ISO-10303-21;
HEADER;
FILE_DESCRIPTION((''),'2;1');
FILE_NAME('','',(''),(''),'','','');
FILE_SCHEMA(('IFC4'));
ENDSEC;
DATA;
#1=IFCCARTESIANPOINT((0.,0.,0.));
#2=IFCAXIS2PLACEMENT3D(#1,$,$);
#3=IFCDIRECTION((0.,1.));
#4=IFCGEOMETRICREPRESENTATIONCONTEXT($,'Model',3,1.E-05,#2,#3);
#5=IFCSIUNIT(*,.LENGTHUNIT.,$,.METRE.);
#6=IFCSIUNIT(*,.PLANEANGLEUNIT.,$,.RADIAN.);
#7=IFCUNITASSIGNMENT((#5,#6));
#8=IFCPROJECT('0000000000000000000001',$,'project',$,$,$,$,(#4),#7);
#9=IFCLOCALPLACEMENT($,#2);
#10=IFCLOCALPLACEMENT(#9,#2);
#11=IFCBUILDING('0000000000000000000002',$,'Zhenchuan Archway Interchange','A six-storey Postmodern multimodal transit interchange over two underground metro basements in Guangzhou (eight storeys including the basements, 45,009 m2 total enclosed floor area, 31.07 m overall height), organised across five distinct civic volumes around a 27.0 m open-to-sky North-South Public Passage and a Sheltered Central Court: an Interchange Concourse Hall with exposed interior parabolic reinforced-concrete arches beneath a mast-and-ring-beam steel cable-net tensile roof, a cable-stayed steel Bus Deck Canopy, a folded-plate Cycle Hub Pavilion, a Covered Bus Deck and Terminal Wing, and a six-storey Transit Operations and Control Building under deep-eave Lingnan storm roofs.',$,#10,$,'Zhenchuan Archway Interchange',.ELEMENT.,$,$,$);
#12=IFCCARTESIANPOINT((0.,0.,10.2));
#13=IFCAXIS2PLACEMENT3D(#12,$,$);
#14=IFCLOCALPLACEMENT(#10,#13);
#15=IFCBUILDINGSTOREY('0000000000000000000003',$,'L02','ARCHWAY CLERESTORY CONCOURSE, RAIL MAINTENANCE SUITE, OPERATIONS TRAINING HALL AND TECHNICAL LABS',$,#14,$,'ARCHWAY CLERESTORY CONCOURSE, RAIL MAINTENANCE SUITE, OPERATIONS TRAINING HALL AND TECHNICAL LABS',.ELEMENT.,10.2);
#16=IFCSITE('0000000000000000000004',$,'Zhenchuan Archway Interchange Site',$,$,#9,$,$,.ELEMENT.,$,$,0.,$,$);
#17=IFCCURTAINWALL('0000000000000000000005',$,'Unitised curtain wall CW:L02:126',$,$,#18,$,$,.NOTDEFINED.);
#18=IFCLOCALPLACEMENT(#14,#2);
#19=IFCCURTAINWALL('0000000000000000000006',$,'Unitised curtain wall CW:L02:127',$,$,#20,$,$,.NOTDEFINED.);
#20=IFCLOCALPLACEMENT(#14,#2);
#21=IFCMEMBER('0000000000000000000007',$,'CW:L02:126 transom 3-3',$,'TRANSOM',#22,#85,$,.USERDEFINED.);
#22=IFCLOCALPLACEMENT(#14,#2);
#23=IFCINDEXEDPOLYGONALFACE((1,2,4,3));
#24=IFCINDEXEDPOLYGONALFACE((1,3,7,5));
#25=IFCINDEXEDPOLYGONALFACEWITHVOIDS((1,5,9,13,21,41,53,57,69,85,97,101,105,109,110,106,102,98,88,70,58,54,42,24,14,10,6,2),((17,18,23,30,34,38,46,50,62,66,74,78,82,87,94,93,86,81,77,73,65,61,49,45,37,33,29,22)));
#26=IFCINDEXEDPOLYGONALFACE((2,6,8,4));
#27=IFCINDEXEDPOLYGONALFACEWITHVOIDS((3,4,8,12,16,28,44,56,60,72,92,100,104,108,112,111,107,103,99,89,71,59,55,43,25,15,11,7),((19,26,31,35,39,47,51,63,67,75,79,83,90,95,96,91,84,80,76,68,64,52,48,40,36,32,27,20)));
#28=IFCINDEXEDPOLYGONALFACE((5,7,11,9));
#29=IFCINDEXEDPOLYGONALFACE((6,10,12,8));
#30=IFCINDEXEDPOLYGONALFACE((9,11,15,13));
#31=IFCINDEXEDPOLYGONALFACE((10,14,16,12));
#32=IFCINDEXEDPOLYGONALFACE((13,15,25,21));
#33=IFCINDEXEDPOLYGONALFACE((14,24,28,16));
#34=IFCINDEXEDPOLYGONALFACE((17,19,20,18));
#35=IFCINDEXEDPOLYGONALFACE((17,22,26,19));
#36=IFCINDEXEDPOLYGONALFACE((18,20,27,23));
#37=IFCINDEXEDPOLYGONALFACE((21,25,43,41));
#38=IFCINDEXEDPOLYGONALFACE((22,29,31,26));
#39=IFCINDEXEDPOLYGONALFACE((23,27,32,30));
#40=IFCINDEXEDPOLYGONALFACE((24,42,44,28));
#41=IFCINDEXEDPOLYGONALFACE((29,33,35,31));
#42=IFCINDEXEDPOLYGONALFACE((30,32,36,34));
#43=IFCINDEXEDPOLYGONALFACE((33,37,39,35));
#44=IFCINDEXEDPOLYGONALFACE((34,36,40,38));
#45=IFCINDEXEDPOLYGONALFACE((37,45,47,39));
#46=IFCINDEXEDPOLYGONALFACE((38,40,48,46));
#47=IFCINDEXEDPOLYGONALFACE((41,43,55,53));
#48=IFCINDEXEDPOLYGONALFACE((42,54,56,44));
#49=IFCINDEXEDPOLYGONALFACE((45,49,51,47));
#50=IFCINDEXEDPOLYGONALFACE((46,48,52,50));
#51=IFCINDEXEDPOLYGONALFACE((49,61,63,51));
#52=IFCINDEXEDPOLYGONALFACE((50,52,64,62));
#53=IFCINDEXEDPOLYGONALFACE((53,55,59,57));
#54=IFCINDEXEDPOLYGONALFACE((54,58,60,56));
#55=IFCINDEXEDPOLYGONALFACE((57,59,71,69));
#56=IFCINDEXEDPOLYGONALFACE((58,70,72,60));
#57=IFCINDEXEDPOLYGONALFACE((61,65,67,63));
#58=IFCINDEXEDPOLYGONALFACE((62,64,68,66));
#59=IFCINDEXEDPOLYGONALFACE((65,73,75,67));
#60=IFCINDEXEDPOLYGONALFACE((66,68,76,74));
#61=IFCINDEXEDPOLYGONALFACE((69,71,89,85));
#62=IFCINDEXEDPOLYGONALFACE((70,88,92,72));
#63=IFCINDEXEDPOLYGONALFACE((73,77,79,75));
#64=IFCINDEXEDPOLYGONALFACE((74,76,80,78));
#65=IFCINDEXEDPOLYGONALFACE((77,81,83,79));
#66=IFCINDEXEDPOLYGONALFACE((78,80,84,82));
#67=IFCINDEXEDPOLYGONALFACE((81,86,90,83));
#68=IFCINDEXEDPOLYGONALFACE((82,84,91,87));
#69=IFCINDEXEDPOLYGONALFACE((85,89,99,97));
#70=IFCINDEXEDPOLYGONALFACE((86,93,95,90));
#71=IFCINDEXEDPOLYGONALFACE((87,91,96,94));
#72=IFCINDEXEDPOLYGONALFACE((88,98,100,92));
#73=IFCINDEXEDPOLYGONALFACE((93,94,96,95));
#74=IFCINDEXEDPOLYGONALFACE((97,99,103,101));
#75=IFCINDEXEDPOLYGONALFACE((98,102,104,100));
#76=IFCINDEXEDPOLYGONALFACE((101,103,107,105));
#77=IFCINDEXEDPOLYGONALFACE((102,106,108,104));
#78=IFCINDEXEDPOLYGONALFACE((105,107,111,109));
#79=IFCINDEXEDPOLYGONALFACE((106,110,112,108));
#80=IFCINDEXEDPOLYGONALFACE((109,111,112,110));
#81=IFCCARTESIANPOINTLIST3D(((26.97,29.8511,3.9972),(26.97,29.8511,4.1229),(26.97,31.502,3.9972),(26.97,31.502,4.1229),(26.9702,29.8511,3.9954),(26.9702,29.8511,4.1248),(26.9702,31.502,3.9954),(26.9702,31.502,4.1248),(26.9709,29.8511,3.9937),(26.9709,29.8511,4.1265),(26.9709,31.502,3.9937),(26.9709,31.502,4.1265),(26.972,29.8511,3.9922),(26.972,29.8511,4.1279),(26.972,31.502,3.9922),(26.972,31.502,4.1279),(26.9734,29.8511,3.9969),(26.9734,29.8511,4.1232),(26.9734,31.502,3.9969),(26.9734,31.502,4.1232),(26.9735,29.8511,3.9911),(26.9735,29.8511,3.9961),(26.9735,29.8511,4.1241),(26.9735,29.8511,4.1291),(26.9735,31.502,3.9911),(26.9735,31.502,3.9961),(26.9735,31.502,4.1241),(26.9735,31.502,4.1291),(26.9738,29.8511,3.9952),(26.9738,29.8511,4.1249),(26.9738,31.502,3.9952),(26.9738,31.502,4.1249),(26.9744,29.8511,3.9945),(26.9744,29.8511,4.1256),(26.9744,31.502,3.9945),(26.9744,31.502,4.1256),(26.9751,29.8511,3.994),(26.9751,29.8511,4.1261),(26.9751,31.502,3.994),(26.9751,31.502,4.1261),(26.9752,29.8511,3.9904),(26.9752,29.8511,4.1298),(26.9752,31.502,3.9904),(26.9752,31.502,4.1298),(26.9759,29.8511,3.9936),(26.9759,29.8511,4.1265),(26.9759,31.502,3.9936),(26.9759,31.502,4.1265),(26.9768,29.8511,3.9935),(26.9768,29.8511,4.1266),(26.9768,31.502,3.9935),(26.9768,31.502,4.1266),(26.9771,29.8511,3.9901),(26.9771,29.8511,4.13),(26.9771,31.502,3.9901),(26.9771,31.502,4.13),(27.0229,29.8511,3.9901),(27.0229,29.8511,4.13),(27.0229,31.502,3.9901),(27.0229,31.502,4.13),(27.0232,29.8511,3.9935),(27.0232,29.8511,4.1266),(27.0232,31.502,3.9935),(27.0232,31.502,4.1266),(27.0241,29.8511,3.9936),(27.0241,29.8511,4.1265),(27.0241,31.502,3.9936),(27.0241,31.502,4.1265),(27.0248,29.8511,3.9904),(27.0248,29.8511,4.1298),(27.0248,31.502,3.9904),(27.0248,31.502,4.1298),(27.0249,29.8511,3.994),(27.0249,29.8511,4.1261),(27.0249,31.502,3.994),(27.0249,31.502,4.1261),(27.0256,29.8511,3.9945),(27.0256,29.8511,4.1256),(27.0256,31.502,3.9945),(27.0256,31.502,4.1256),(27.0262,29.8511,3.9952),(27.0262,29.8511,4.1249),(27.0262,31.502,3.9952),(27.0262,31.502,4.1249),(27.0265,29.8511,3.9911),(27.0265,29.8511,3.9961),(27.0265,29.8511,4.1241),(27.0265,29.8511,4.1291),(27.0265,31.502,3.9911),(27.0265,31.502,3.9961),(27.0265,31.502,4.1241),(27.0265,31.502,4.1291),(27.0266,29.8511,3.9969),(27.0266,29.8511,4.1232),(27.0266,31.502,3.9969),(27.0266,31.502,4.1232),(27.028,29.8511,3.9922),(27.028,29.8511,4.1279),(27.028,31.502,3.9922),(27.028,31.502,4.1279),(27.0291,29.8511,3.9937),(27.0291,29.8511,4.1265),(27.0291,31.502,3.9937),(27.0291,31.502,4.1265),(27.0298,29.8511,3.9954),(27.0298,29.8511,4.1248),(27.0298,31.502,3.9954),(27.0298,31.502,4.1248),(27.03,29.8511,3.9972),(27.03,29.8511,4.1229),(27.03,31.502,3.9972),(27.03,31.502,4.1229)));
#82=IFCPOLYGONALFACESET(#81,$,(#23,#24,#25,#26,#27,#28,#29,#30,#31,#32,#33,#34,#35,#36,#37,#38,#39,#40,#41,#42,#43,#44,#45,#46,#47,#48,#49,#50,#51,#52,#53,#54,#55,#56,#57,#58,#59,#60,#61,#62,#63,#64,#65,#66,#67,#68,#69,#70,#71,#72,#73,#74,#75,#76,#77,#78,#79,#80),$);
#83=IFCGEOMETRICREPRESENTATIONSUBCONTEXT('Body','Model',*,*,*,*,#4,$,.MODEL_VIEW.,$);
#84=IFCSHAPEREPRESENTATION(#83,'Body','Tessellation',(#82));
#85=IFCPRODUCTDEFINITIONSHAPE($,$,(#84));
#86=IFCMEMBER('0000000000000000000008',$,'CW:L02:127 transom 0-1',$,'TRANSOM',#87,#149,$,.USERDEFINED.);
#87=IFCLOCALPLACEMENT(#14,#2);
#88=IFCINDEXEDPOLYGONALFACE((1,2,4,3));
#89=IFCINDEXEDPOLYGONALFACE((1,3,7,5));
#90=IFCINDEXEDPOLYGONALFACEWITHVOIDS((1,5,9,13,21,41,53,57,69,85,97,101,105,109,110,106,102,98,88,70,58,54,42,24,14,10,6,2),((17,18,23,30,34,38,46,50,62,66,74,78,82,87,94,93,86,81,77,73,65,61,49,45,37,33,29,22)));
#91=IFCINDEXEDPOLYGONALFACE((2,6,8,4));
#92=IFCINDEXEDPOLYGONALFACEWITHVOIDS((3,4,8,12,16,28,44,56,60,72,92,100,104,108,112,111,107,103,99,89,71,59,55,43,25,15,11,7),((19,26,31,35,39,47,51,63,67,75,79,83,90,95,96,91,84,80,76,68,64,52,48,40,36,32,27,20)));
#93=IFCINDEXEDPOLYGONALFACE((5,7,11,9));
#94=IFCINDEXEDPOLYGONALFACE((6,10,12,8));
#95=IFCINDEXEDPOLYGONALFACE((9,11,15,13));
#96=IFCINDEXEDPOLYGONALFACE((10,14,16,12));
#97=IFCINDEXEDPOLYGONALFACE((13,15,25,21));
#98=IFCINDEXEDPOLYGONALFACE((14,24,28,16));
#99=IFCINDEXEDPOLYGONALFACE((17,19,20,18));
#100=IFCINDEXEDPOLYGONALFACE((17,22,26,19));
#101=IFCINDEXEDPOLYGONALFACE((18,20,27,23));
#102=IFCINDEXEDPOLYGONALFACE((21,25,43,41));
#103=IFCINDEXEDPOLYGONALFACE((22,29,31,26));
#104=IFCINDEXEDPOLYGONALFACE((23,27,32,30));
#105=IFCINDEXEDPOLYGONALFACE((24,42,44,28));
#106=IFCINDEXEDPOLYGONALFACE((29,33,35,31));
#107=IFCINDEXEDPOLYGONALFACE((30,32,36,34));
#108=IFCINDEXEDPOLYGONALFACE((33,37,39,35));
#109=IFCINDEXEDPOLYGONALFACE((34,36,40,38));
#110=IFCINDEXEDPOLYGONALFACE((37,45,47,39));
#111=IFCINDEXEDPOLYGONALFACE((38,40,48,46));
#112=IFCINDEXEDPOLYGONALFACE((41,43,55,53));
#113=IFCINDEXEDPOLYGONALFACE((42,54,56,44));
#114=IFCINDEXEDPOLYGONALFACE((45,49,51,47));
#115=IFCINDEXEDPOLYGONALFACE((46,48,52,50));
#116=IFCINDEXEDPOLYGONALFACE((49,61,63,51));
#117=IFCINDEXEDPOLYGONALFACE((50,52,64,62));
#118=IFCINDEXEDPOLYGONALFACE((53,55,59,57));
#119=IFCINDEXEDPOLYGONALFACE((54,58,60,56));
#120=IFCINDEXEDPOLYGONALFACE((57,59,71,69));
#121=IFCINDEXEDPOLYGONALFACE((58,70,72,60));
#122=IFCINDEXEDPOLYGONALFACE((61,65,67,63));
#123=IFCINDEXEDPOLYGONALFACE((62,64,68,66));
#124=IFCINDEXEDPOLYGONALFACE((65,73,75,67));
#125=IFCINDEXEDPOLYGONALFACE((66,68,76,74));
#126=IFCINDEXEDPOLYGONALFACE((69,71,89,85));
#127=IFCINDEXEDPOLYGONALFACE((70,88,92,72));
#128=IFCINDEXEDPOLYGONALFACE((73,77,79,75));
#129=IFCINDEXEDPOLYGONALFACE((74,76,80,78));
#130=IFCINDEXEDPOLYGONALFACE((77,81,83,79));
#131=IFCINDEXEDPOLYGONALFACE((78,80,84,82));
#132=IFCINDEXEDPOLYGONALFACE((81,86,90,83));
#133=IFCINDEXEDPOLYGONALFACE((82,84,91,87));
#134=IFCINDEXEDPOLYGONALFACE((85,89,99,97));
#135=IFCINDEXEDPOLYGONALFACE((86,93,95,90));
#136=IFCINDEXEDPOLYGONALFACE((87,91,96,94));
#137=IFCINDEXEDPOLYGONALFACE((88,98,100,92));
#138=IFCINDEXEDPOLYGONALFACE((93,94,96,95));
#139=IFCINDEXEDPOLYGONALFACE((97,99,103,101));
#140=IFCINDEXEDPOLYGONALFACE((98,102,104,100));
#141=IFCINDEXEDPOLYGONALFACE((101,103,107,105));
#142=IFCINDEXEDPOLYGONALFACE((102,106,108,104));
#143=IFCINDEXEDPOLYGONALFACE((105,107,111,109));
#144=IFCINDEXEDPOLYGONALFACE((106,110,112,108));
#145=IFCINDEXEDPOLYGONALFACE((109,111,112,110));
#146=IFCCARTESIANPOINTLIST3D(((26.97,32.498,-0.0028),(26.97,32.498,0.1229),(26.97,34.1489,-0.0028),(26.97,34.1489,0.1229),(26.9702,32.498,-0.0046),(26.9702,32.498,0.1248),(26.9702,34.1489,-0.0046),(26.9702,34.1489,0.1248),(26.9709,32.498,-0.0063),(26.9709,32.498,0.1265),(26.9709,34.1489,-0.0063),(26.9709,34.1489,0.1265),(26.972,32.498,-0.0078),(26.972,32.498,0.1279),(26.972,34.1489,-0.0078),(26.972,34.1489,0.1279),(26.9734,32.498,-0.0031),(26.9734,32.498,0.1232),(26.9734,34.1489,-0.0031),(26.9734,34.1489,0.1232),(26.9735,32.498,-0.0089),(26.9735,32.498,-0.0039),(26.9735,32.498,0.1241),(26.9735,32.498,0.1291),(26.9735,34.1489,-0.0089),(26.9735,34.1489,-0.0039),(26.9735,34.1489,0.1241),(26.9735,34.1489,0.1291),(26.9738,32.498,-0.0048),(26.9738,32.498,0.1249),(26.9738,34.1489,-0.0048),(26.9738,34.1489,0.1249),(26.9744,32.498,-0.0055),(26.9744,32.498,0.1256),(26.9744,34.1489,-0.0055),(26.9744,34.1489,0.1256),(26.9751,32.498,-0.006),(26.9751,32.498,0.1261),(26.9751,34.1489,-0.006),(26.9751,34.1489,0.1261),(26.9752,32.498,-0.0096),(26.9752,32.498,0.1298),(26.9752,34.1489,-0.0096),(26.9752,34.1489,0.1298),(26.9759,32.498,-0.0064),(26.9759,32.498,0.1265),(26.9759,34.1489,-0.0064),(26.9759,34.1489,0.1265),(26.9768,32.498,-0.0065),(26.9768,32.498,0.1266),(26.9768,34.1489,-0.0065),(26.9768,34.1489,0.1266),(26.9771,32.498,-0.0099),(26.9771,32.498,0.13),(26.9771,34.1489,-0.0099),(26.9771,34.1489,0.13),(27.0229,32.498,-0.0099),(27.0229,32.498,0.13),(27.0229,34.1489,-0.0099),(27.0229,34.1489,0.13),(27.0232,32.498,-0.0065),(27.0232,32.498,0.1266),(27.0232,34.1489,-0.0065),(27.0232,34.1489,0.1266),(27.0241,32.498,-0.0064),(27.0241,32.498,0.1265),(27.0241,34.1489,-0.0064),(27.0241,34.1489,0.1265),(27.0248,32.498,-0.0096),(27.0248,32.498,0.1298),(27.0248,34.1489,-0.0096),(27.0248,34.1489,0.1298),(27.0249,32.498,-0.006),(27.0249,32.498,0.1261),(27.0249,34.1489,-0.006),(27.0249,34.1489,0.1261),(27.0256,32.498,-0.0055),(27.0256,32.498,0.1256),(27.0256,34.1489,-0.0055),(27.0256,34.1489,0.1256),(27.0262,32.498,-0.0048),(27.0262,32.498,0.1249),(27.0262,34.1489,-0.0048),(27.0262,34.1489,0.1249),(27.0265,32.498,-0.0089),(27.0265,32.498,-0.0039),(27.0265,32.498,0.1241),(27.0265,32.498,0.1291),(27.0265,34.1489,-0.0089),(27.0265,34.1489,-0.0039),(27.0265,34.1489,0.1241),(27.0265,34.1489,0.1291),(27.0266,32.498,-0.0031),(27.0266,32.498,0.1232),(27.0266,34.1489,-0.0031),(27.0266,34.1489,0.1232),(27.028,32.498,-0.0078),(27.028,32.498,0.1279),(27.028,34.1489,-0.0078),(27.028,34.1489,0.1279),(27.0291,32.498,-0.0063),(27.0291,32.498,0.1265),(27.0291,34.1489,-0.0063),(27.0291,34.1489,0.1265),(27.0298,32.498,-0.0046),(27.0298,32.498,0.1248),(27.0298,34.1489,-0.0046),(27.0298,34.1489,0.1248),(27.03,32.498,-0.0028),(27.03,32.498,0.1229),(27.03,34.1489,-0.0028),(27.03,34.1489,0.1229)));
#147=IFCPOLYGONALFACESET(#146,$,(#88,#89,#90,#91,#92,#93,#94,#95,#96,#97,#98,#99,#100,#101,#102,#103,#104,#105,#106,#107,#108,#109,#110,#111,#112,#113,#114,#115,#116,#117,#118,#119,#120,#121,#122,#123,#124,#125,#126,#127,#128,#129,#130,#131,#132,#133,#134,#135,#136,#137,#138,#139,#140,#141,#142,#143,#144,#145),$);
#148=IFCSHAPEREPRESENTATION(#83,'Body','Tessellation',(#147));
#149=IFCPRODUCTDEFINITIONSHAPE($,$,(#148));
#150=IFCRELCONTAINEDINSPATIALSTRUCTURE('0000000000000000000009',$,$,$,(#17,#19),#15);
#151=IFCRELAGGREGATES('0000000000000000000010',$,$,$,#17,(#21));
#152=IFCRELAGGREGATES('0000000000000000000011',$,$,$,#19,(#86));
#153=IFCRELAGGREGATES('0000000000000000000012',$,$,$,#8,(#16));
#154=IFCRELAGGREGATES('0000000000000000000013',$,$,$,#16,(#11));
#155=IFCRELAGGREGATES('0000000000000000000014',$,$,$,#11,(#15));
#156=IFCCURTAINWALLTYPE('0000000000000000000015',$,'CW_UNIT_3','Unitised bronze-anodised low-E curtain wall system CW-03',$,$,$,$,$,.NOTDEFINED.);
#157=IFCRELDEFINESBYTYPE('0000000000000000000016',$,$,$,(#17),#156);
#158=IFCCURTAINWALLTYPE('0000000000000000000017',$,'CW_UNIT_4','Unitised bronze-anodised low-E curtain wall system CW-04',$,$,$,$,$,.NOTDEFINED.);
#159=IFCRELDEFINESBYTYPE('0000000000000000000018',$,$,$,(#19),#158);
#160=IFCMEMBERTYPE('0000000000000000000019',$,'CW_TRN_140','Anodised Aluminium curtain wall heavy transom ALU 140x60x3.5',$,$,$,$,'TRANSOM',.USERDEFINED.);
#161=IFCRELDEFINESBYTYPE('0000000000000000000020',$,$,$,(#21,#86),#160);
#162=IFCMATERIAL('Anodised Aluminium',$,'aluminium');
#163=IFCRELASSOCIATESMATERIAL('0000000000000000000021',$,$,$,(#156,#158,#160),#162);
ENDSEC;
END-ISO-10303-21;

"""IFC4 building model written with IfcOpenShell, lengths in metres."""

from ifc_helpers import new_model, si_unit, direction, frame, origin, origin_2d, place, context, subcontext, project, spatial, hollow_rectangle, extrude, material, material_profile, profile_set, type_object, element, aggregate, save


model = new_model("IFC4")

# Units and contexts
model_context = context("Model", 3, precision=1e-05, world=origin(), true_north=direction((0.0, 1.0)))
body_context = subcontext(model_context, "Body", "Model", "MODEL_VIEW")
ifc_project = project(units=[si_unit("LENGTHUNIT", "METRE"), si_unit("PLANEANGLEUNIT", "RADIAN")], contexts=[model_context])

# Site, building, storey
site_placement = place(None, origin())
site = spatial("IfcSite", under=ifc_project, at=site_placement, Name="Zhenchuan Archway Interchange Site", CompositionType="ELEMENT", RefElevation=0.0)
building_placement = place(site_placement, origin())
building = spatial("IfcBuilding", under=site, at=building_placement, Name="Zhenchuan Archway Interchange", Description="A six-storey Postmodern multimodal transit interchange over two underground metro basements in Guangzhou (eight storeys including the basements, 45,009 m2 total enclosed floor area, 31.07 m overall height), organised across five distinct civic volumes around a 27.0 m open-to-sky North-South Public Passage and a Sheltered Central Court: an Interchange Concourse Hall with exposed interior parabolic reinforced-concrete arches beneath a mast-and-ring-beam steel cable-net tensile roof, a cable-stayed steel Bus Deck Canopy, a folded-plate Cycle Hub Pavilion, a Covered Bus Deck and Terminal Wing, and a six-storey Transit Operations and Control Building under deep-eave Lingnan storm roofs.", LongName="Zhenchuan Archway Interchange", CompositionType="ELEMENT")
storey_placement = place(building_placement, frame((0.0, 0.0, 10.2)))
storey = spatial("IfcBuildingStorey", under=building, at=storey_placement, Name="L02", Description="ARCHWAY CLERESTORY CONCOURSE, RAIL MAINTENANCE SUITE, OPERATIONS TRAINING HALL AND TECHNICAL LABS", LongName="ARCHWAY CLERESTORY CONCOURSE, RAIL MAINTENANCE SUITE, OPERATIONS TRAINING HALL AND TECHNICAL LABS", CompositionType="ELEMENT", Elevation=10.2)

# Curtain wall
ifc_material_1 = material(Name="Anodised Aluminium", Category="aluminium")
curtain_wall_type_1 = type_object("IfcCurtainWallType", Name="CW_UNIT_3", Description="Unitised bronze-anodised low-E curtain wall system CW-03", PredefinedType="NOTDEFINED", material=ifc_material_1)
curtain_wall_1_placement = place(storey_placement, origin())
curtain_wall_1 = element("IfcCurtainWall", 1, at=curtain_wall_1_placement, inside=storey, type_object=curtain_wall_type_1, Name="Unitised curtain wall CW:L02:126", PredefinedType="NOTDEFINED")

# Curtain wall
curtain_wall_type_2 = type_object("IfcCurtainWallType", Name="CW_UNIT_4", Description="Unitised bronze-anodised low-E curtain wall system CW-04", PredefinedType="NOTDEFINED", material=ifc_material_1)
curtain_wall_2_placement = place(storey_placement, origin())
curtain_wall_2 = element("IfcCurtainWall", 2, at=curtain_wall_2_placement, inside=storey, type_object=curtain_wall_type_2, Name="Unitised curtain wall CW:L02:127", PredefinedType="NOTDEFINED")

# Members
ifc_material_profile_1 = material_profile(ifc_material_1, hollow_rectangle(XDim=0.0601, YDim=0.1399, WallThickness=0.0034, InnerFilletRadius=0.0034, OuterFilletRadius=0.0071, at=origin_2d()), Name="ALU 140x60x3.5")
ifc_profile_set_1 = profile_set([ifc_material_profile_1], Name="Anodised Aluminium")
member_type_1 = type_object("IfcMemberType", Name="CW_TRN_140", Description="Anodised Aluminium curtain wall heavy transom ALU 140x60x3.5", ElementType="TRANSOM", PredefinedType="USERDEFINED", material=ifc_profile_set_1)
member_1_placement = place(storey_placement, frame((27.0, 29.8511, 4.0601), z_axis=(0.0, 1.0, 0.0), x_axis=(-1.0, 0.0, 0.0)))
member_1 = element("IfcMember", 3, at=member_1_placement, type_object=member_type_1, Name="CW:L02:126 transom 3-3", ObjectType="TRANSOM", PredefinedType="USERDEFINED", context=body_context, shape_type="SweptSolid", body=[
    extrude(hollow_rectangle(XDim=0.0601, YDim=0.1399, WallThickness=0.0034, InnerFilletRadius=0.0034, OuterFilletRadius=0.0071, at=origin_2d()), origin(), (0.0, 0.0, 1.0), 1.6509),
])
member_2_placement = place(storey_placement, frame((27.0, 32.498, 0.0601), z_axis=(0.0, 1.0, 0.0), x_axis=(-1.0, 0.0, 0.0)))
member_2 = element("IfcMember", 4, at=member_2_placement, type_object=member_type_1, Name="CW:L02:127 transom 0-1", ObjectType="TRANSOM", PredefinedType="USERDEFINED", context=body_context, shape_type="SweptSolid", body=[
    extrude(hollow_rectangle(XDim=0.0601, YDim=0.1399, WallThickness=0.0034, InnerFilletRadius=0.0034, OuterFilletRadius=0.0071, at=origin_2d()), origin(), (0.0, 0.0, 1.0), 1.6509),
])

aggregate(curtain_wall_1, [member_1])
aggregate(curtain_wall_2, [member_2])

save(model, "model.ifc")
